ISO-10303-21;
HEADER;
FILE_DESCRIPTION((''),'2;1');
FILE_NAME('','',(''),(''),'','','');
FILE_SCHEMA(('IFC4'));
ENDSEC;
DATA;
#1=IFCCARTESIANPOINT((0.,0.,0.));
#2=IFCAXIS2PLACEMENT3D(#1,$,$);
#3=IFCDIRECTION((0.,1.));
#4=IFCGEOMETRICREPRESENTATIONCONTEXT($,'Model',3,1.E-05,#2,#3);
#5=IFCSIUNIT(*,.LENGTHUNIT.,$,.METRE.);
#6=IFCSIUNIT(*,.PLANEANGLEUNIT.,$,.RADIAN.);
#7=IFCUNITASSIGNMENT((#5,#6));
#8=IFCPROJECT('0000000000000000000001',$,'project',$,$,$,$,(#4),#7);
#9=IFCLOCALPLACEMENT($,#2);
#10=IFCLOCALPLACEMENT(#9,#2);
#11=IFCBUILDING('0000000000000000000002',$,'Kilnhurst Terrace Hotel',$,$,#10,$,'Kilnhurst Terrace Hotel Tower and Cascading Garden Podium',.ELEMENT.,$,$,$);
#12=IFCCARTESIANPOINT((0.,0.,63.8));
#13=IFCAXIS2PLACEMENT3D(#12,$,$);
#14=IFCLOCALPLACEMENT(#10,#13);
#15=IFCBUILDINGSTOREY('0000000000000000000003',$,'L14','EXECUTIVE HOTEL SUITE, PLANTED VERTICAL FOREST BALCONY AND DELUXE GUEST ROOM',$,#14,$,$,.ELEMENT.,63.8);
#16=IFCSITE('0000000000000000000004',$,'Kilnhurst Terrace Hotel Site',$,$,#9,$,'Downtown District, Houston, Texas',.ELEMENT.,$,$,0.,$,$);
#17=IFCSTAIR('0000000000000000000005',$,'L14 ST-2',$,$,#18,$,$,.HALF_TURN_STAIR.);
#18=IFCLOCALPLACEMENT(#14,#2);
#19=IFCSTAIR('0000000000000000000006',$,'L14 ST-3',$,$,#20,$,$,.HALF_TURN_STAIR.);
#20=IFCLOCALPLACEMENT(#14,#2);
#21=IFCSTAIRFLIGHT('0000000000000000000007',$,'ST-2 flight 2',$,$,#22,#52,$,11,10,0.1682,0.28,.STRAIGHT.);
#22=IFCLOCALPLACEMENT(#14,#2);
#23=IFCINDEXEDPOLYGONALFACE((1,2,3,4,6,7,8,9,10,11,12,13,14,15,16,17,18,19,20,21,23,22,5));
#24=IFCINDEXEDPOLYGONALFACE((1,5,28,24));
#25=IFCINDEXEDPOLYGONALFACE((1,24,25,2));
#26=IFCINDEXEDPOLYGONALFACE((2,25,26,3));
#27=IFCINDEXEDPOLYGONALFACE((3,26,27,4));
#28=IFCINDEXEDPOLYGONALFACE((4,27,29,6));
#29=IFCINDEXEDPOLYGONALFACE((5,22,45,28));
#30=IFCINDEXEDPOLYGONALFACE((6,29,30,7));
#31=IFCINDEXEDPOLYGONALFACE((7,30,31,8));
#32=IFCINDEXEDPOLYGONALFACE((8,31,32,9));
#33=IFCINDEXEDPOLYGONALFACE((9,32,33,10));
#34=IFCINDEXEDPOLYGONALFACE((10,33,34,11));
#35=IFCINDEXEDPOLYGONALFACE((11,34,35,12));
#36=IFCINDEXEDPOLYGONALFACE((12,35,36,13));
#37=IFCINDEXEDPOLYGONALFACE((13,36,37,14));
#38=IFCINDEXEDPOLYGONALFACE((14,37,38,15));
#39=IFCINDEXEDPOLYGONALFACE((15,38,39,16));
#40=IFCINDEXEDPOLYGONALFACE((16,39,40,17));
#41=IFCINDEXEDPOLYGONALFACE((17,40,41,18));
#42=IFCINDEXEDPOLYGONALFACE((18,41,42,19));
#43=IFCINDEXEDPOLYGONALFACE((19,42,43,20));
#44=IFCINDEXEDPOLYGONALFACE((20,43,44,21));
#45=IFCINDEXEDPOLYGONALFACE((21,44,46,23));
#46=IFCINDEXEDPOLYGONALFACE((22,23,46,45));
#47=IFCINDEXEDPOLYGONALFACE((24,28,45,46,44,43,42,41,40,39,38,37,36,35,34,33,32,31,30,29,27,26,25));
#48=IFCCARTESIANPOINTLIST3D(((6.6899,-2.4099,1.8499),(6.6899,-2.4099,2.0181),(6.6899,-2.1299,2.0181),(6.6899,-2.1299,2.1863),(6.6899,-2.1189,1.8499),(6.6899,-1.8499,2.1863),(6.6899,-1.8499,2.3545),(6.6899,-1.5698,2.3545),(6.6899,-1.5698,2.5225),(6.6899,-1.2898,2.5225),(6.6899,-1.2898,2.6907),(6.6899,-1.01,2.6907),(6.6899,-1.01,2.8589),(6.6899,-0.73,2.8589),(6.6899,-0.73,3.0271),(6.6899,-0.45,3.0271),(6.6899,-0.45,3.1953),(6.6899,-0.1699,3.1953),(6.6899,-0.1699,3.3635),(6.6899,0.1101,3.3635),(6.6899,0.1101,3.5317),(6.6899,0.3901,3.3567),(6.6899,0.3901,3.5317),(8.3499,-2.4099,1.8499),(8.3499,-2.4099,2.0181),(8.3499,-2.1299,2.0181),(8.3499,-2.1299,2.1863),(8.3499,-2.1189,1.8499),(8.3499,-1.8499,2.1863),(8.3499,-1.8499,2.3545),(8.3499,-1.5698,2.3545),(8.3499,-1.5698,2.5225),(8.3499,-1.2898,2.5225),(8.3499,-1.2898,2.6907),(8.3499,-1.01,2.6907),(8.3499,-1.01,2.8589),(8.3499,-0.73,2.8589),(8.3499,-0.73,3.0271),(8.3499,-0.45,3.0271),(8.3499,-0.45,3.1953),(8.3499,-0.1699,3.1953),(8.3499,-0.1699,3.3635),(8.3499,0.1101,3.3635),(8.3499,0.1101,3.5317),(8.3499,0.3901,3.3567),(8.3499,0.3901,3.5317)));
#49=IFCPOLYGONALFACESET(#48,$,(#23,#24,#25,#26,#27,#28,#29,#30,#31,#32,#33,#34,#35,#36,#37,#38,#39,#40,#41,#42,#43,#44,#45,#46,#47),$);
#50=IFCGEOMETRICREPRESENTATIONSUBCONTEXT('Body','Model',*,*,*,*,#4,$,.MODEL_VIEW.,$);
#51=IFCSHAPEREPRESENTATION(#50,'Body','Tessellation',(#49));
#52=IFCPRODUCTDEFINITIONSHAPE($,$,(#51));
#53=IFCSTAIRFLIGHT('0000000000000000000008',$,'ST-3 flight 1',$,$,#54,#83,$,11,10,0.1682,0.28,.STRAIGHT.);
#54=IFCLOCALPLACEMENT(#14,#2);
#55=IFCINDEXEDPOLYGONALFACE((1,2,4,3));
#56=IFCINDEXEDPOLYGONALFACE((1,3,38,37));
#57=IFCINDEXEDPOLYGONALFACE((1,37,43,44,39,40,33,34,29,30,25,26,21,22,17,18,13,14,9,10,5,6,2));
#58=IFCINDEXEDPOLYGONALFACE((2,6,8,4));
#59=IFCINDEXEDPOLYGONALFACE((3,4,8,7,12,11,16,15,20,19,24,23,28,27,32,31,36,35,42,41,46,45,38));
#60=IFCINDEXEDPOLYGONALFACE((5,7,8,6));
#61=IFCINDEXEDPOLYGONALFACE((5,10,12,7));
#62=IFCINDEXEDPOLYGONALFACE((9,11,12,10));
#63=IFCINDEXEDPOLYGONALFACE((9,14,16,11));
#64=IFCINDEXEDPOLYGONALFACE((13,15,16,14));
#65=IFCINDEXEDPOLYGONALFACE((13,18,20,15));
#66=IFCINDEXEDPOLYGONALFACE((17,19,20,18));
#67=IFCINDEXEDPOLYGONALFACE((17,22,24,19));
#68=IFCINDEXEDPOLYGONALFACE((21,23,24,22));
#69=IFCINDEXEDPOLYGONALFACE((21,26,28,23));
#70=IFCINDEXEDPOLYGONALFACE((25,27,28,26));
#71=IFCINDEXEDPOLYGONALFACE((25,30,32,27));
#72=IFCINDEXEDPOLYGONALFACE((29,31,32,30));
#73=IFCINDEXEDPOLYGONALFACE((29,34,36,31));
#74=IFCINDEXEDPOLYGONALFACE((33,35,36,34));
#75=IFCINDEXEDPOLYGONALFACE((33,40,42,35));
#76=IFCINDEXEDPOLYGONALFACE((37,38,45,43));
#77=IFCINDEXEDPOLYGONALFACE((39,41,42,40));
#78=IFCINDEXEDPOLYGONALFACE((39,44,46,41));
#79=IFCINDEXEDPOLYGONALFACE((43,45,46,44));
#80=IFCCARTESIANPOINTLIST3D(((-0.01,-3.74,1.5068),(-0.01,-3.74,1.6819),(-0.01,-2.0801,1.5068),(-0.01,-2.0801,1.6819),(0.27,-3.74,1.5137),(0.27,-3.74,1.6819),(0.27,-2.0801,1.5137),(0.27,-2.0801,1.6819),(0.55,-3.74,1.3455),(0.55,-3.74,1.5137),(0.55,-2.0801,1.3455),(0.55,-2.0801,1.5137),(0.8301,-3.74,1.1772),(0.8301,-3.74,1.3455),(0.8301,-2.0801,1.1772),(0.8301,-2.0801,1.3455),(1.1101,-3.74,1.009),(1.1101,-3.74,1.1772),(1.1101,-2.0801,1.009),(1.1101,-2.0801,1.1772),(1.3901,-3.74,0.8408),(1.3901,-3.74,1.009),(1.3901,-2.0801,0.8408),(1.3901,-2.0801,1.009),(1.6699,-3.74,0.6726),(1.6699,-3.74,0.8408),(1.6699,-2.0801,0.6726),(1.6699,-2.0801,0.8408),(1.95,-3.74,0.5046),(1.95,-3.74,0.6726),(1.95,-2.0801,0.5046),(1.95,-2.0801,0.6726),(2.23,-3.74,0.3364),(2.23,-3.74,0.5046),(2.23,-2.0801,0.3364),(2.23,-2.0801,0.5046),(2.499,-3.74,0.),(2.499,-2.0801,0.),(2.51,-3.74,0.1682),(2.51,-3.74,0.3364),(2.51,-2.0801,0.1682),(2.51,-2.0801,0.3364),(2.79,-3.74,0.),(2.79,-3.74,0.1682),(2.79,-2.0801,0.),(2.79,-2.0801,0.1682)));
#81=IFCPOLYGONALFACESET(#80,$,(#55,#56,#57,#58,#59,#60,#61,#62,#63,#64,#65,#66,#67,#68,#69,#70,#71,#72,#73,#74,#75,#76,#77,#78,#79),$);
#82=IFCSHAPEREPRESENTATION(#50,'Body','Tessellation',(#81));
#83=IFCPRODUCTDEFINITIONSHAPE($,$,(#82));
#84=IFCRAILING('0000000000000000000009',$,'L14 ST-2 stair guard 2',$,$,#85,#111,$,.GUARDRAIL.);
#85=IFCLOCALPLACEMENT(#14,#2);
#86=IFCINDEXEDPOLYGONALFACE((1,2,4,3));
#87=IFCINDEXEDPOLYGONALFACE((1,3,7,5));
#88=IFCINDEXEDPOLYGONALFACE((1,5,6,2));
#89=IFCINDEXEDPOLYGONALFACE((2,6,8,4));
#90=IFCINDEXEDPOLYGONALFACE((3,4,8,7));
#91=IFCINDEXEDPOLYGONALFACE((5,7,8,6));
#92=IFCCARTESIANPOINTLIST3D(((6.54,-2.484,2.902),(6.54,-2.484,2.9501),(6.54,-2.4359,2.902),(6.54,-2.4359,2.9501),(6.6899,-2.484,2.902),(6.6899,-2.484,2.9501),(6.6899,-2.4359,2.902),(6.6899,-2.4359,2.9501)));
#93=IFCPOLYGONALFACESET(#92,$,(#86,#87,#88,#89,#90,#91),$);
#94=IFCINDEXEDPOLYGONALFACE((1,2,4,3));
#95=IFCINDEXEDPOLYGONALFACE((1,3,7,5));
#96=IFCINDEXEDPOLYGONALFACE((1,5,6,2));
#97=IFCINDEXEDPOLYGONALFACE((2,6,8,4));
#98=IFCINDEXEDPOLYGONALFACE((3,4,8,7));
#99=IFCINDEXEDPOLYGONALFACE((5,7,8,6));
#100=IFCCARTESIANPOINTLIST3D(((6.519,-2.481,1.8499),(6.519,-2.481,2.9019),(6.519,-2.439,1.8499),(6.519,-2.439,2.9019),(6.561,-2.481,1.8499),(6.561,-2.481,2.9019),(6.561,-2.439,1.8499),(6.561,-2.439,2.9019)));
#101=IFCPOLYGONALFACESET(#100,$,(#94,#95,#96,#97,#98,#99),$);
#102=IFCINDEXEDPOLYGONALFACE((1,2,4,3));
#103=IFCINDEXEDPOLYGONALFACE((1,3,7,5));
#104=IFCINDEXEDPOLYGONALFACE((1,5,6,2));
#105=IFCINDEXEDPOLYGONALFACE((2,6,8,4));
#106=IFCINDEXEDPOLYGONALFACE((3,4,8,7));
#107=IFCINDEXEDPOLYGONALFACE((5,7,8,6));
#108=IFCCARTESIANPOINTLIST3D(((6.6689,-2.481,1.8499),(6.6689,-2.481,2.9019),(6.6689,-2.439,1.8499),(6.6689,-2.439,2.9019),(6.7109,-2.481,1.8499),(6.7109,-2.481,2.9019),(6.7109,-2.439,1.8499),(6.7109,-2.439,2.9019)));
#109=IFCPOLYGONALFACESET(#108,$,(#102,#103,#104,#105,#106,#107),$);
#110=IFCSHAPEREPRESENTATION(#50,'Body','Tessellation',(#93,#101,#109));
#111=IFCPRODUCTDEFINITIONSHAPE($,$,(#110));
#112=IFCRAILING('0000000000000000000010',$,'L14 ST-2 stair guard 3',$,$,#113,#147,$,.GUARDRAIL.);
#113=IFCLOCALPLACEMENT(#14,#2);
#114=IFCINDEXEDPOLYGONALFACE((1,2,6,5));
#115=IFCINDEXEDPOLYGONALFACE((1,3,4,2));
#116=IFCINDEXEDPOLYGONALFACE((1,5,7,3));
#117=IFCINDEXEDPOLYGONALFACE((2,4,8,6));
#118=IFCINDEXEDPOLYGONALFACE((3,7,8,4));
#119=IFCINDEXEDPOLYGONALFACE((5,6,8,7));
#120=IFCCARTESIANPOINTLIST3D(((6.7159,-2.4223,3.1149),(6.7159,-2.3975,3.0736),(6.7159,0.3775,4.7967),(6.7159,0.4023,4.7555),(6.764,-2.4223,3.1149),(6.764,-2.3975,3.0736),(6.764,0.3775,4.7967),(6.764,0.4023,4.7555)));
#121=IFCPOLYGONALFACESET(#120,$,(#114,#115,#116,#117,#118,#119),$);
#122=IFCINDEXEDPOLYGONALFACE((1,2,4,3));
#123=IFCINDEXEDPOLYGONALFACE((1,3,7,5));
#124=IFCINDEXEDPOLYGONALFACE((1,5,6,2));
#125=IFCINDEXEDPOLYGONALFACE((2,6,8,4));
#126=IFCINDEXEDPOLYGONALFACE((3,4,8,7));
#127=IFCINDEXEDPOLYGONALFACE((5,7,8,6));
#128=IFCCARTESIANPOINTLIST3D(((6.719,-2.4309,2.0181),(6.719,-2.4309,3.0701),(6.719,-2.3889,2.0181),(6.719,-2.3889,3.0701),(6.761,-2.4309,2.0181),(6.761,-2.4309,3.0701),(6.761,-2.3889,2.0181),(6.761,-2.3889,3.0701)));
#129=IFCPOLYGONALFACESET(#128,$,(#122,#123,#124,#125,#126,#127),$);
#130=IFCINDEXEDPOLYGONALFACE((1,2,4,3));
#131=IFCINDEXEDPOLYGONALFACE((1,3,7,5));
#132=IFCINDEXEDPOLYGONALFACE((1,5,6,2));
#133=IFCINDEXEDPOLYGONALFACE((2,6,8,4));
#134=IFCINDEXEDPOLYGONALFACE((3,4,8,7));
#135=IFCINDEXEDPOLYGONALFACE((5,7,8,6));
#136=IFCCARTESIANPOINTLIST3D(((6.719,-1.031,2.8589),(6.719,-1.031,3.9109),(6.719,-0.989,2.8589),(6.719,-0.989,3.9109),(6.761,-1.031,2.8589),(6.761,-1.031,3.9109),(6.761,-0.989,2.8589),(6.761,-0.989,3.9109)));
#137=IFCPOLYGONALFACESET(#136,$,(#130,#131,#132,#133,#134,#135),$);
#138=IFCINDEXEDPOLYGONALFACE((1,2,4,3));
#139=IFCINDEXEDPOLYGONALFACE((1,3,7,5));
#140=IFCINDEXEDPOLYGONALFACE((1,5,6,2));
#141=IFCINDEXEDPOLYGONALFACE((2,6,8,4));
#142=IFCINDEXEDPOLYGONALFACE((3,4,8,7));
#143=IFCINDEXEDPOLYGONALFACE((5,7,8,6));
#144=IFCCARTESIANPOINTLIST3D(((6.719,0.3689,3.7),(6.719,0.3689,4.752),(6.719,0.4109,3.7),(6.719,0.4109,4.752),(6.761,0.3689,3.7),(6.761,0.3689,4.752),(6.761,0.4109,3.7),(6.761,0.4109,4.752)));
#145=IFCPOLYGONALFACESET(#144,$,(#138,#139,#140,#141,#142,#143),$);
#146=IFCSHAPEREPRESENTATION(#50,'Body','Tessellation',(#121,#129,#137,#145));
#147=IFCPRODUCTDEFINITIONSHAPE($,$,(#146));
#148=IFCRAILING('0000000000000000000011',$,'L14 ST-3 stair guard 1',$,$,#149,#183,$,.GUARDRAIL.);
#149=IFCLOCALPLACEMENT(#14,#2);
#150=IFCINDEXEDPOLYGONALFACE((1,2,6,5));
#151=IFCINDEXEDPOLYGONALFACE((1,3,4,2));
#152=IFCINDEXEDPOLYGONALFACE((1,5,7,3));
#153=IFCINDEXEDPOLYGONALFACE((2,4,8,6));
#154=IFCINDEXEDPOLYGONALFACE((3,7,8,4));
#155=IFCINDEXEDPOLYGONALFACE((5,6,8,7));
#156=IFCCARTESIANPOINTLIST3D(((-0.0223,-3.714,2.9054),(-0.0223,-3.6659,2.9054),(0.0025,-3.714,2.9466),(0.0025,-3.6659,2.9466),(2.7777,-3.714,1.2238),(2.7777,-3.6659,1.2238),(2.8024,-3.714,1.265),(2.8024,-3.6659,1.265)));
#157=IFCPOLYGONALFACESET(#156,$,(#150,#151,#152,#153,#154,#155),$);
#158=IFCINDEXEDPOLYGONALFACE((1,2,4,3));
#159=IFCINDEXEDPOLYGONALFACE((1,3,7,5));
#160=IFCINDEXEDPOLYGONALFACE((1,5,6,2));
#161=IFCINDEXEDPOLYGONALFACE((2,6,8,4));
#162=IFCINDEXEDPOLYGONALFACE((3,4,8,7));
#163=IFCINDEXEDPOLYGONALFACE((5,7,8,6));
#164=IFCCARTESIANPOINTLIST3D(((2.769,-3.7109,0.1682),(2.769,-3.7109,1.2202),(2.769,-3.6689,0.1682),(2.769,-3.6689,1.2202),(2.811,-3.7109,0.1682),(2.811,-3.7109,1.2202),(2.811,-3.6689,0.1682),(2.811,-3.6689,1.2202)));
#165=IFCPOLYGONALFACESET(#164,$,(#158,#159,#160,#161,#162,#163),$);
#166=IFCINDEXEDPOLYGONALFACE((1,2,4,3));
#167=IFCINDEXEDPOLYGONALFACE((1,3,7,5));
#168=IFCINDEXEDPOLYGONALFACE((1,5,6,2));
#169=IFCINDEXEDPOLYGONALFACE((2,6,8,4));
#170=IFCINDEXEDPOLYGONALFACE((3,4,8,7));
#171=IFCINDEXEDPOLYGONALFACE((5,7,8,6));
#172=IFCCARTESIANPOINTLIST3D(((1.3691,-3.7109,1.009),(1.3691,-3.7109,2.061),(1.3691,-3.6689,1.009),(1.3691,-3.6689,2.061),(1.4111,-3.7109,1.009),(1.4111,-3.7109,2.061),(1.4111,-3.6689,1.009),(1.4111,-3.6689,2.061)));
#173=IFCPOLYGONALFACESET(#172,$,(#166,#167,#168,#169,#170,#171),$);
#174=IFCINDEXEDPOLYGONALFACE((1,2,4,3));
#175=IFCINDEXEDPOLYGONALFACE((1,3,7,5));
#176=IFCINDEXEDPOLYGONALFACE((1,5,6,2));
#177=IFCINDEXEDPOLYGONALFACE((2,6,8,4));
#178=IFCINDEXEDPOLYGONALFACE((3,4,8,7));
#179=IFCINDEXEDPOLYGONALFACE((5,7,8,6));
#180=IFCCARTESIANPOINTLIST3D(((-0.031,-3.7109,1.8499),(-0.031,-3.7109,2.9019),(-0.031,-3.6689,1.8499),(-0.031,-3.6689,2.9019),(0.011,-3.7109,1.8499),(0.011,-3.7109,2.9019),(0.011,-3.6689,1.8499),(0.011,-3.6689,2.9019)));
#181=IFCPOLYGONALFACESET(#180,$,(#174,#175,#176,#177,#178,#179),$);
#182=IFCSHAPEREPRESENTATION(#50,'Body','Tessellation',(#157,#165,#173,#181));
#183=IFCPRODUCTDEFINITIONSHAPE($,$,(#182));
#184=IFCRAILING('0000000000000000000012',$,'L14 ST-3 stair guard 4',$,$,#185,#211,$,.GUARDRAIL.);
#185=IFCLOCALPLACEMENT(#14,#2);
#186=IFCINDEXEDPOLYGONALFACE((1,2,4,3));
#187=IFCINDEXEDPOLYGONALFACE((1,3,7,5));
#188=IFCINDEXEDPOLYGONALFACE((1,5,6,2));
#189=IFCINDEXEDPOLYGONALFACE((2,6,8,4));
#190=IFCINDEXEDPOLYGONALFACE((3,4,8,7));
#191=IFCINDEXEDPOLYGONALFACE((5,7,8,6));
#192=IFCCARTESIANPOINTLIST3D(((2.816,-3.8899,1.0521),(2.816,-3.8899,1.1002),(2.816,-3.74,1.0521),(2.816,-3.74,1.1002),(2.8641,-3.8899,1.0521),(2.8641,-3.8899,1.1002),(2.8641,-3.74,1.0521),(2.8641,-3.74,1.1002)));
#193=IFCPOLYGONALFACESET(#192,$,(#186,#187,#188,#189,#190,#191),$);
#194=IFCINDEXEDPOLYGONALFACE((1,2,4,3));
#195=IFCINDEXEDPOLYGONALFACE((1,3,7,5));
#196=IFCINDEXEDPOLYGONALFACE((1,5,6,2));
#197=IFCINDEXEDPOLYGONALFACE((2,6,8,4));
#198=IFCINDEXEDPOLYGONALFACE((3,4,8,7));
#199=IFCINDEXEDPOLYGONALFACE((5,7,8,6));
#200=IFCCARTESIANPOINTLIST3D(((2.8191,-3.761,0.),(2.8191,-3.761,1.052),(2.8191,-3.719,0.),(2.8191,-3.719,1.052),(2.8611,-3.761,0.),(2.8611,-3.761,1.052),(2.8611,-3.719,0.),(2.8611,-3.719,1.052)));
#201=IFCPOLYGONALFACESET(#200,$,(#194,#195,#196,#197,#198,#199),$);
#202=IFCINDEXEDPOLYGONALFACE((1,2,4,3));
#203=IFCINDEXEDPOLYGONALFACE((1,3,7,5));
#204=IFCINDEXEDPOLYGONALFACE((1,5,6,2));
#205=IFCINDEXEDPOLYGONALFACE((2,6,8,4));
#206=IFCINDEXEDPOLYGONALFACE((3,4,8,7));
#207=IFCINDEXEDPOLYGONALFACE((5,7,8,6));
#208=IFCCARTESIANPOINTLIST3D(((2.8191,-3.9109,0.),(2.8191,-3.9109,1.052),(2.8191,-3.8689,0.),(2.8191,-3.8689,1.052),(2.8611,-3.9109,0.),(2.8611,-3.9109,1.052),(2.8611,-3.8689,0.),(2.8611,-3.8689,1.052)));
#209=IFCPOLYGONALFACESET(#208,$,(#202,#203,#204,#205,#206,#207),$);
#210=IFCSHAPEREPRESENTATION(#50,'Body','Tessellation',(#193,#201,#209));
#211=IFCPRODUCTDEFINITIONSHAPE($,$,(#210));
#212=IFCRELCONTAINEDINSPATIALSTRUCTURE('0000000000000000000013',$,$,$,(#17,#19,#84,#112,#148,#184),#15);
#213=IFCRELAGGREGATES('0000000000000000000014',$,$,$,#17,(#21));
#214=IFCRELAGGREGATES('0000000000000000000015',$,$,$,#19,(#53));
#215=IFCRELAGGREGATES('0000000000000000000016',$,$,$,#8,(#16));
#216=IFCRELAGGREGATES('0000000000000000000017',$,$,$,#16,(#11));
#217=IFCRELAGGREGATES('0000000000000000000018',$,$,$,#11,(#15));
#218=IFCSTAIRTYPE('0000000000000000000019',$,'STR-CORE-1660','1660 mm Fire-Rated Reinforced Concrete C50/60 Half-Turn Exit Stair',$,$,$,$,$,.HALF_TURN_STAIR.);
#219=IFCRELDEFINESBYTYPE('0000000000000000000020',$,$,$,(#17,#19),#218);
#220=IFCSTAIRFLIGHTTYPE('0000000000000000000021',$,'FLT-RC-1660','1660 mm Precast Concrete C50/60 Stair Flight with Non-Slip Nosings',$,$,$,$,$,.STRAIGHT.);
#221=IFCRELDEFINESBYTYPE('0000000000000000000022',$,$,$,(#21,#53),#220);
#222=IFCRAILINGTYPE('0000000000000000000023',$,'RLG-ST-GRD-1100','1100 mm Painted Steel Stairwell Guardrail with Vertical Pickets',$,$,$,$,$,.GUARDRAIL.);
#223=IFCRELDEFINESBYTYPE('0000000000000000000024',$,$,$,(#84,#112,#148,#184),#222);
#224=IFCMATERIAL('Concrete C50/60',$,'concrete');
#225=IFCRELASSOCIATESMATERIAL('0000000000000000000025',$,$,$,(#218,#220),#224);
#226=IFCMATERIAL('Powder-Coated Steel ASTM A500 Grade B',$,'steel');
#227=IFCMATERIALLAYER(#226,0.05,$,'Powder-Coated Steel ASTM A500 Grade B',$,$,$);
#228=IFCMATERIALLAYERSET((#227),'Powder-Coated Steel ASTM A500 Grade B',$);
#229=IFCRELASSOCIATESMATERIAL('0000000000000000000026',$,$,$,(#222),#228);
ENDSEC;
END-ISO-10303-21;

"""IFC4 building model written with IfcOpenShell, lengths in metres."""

from ifc_helpers import new_model, si_unit, direction, frame, origin, origin_2d, place, context, subcontext, project, spatial, polyline, rectangle, outline, extrude, material, layer, layer_set, type_object, element, aggregate, save


model = new_model("IFC4")

# Units and contexts
model_context = context("Model", 3, precision=1e-05, world=origin(), true_north=direction((0.0, 1.0)))
body_context = subcontext(model_context, "Body", "Model", "MODEL_VIEW")
ifc_project = project(units=[si_unit("LENGTHUNIT", "METRE"), si_unit("PLANEANGLEUNIT", "RADIAN")], contexts=[model_context])

# Site, building, storey
site_placement = place(None, origin())
site = spatial("IfcSite", under=ifc_project, at=site_placement, Name="Kilnhurst Terrace Hotel Site", LongName="Downtown District, Houston, Texas", CompositionType="ELEMENT", RefElevation=0.0)
building_placement = place(site_placement, origin())
building = spatial("IfcBuilding", under=site, at=building_placement, Name="Kilnhurst Terrace Hotel", LongName="Kilnhurst Terrace Hotel Tower and Cascading Garden Podium", CompositionType="ELEMENT")
storey_placement = place(building_placement, frame((0.0, 0.0, 63.8)))
storey = spatial("IfcBuildingStorey", under=building, at=storey_placement, Name="L14", Description="EXECUTIVE HOTEL SUITE, PLANTED VERTICAL FOREST BALCONY AND DELUXE GUEST ROOM", CompositionType="ELEMENT", Elevation=63.8)

# Shared definitions
ifc_material_1 = material(Name="Concrete C50/60", Category="concrete")

# Stairs
stair_type = type_object("IfcStairType", Name="STR-CORE-1660", Description="1660 mm Fire-Rated Reinforced Concrete C50/60 Half-Turn Exit Stair", PredefinedType="HALF_TURN_STAIR", material=ifc_material_1)
stair_1_placement = place(storey_placement, origin())
stair_1 = element("IfcStair", 1, at=stair_1_placement, inside=storey, type_object=stair_type, Name="L14 ST-2", PredefinedType="HALF_TURN_STAIR")
stair_2_placement = place(storey_placement, origin())
stair_2 = element("IfcStair", 2, at=stair_2_placement, inside=storey, type_object=stair_type, Name="L14 ST-3", PredefinedType="HALF_TURN_STAIR")

# Stair flights
stair_flight_type = type_object("IfcStairFlightType", Name="FLT-RC-1660", Description="1660 mm Precast Concrete C50/60 Stair Flight with Non-Slip Nosings", PredefinedType="STRAIGHT", material=ifc_material_1)
stair_flight_1_placement = place(storey_placement, frame((7.52, -2.4099, 1.8499), z_axis=(0.0, 0.0, 1.0), x_axis=(0.0, 1.0, 0.0)))
stair_flight_1 = element("IfcStairFlight", 3, at=stair_flight_1_placement, type_object=stair_flight_type, Name="ST-2 flight 2", NumberOfRisers=11, NumberOfTreads=10, PredefinedType="STRAIGHT", RiserHeight=0.1682, TreadLength=0.28, context=body_context, shape_type="SweptSolid", body=[
    extrude(outline(polyline([(0.0, 0.0), (0.0, 0.1682), (0.28, 0.1682), (0.28, 0.3364), (0.5601, 0.3364), (0.5601, 0.5046), (0.8401, 0.5046), (0.8401, 0.6726), (1.1201, 0.6726), (1.1201, 0.8408), (1.3999, 0.8408), (1.3999, 1.009), (1.6799, 1.009), (1.6799, 1.1772), (1.96, 1.1772), (1.96, 1.3455), (2.24, 1.3455), (2.24, 1.5137), (2.52, 1.5137), (2.52, 1.6819), (2.8, 1.6819), (2.8, 1.8501), (2.8, 1.5068), (0.291, 0.0), (0.0, 0.0)])), frame((0.0, 0.8301, 0.0), z_axis=(0.0, -1.0, 0.0), x_axis=(1.0, 0.0, 0.0)), (0.0, 0.0, 1.0), 1.6599),
])
aggregate(stair_1, [stair_flight_1])
stair_flight_2_placement = place(storey_placement, frame((2.79, -2.9099, 0.0), z_axis=(0.0, 0.0, 1.0), x_axis=(-1.0, 0.0, 0.0)))
stair_flight_2 = element("IfcStairFlight", 4, at=stair_flight_2_placement, type_object=stair_flight_type, Name="ST-3 flight 1", NumberOfRisers=11, NumberOfTreads=10, PredefinedType="STRAIGHT", RiserHeight=0.1682, TreadLength=0.28, context=body_context, shape_type="SweptSolid", body=[
    extrude(outline(polyline([(0.0, 0.0), (0.0, 0.1682), (0.28, 0.1682), (0.28, 0.3364), (0.5601, 0.3364), (0.5601, 0.5046), (0.8401, 0.5046), (0.8401, 0.6726), (1.1201, 0.6726), (1.1201, 0.8408), (1.3999, 0.8408), (1.3999, 1.009), (1.6799, 1.009), (1.6799, 1.1772), (1.96, 1.1772), (1.96, 1.3455), (2.24, 1.3455), (2.24, 1.5137), (2.52, 1.5137), (2.52, 1.6819), (2.8, 1.6819), (2.8, 1.8501), (2.8, 1.5068), (0.291, 0.0), (0.0, 0.0)])), frame((0.0, 0.8301, 0.0), z_axis=(0.0, -1.0, 0.0), x_axis=(1.0, 0.0, 0.0)), (0.0, 0.0, 1.0), 1.6599),
])
aggregate(stair_2, [stair_flight_2])

# Railings
ifc_material_2 = material(Name="Powder-Coated Steel ASTM A500 Grade B", Category="steel")
ifc_layer_1 = layer(ifc_material_2, 0.05, Name="Powder-Coated Steel ASTM A500 Grade B")
ifc_layer_set_1 = layer_set([ifc_layer_1], Name="Powder-Coated Steel ASTM A500 Grade B")
railing_type_1 = type_object("IfcRailingType", Name="RLG-ST-GRD-1100", Description="1100 mm Painted Steel Stairwell Guardrail with Vertical Pickets", PredefinedType="GUARDRAIL", material=ifc_layer_set_1)
railing_1_placement = place(storey_placement, frame((6.54, -2.46, 1.8499)))
element("IfcRailing", 5, at=railing_1_placement, inside=storey, type_object=railing_type_1, Name="L14 ST-2 stair guard 2", PredefinedType="GUARDRAIL", context=body_context, shape_type="SweptSolid", body=[
    extrude(rectangle(XDim=0.0481, YDim=0.0481, at=origin_2d()), frame((0.0, 0.0, 1.0762), z_axis=(1.0, 0.0, 0.0), x_axis=(0.0, 1.0, 0.0)), (0.0, 0.0, 1.0), 0.1499),
    extrude(rectangle(XDim=0.042, YDim=0.042, at=origin_2d()), origin(), (0.0, 0.0, 1.0), 1.052),
    extrude(rectangle(XDim=0.042, YDim=0.042, at=origin_2d()), frame((0.1499, 0.0, 0.0)), (0.0, 0.0, 1.0), 1.052),
])
railing_2_placement = place(storey_placement, frame((6.74, -2.4099, 2.0181)))
element("IfcRailing", 6, at=railing_2_placement, inside=storey, type_object=railing_type_1, Name="L14 ST-2 stair guard 3", PredefinedType="GUARDRAIL", context=body_context, shape_type="SweptSolid", body=[
    extrude(rectangle(XDim=0.0481, YDim=0.0481, at=origin_2d()), frame((0.0, 0.0, 1.0762), z_axis=(0.0, 0.857222, 0.514946), x_axis=(-1.0, 0.0, 0.0)), (0.0, 0.0, 1.0), 3.2661),
    extrude(rectangle(XDim=0.042, YDim=0.042, at=origin_2d()), origin(), (0.0, 0.0, 1.0), 1.052),
    extrude(rectangle(XDim=0.042, YDim=0.042, at=origin_2d()), frame((0.0, 1.3999, 0.8408)), (0.0, 0.0, 1.0), 1.052),
    extrude(rectangle(XDim=0.042, YDim=0.042, at=origin_2d()), frame((0.0, 2.7998, 1.6819)), (0.0, 0.0, 1.0), 1.052),
])
railing_3_placement = place(storey_placement, frame((2.79, -3.6899, 0.1682)))
element("IfcRailing", 7, at=railing_3_placement, inside=storey, type_object=railing_type_1, Name="L14 ST-3 stair guard 1", PredefinedType="GUARDRAIL", context=body_context, shape_type="SweptSolid", body=[
    extrude(rectangle(XDim=0.0481, YDim=0.0481, at=origin_2d()), frame((0.0, 0.0, 1.0762), z_axis=(-0.857275, 0.0, 0.514858), x_axis=(0.0, -1.0, 0.0)), (0.0, 0.0, 1.0), 3.2661),
    extrude(rectangle(XDim=0.042, YDim=0.042, at=origin_2d()), origin(), (0.0, 0.0, 1.0), 1.052),
    extrude(rectangle(XDim=0.042, YDim=0.042, at=origin_2d()), frame((-1.3999, 0.0, 0.8408)), (0.0, 0.0, 1.0), 1.052),
    extrude(rectangle(XDim=0.042, YDim=0.042, at=origin_2d()), frame((-2.8, 0.0, 1.6816)), (0.0, 0.0, 1.0), 1.052),
])
railing_4_placement = place(storey_placement, frame((2.8401, -3.74, 0.0)))
element("IfcRailing", 8, at=railing_4_placement, inside=storey, type_object=railing_type_1, Name="L14 ST-3 stair guard 4", PredefinedType="GUARDRAIL", context=body_context, shape_type="SweptSolid", body=[
    extrude(rectangle(XDim=0.0481, YDim=0.0481, at=origin_2d()), frame((0.0, 0.0, 1.0762), z_axis=(0.0, -1.0, 0.0), x_axis=(1.0, 0.0, 0.0)), (0.0, 0.0, 1.0), 0.1499),
    extrude(rectangle(XDim=0.042, YDim=0.042, at=origin_2d()), origin(), (0.0, 0.0, 1.0), 1.052),
    extrude(rectangle(XDim=0.042, YDim=0.042, at=origin_2d()), frame((0.0, -0.1499, 0.0)), (0.0, 0.0, 1.0), 1.052),
])

save(model, "model.ifc")
